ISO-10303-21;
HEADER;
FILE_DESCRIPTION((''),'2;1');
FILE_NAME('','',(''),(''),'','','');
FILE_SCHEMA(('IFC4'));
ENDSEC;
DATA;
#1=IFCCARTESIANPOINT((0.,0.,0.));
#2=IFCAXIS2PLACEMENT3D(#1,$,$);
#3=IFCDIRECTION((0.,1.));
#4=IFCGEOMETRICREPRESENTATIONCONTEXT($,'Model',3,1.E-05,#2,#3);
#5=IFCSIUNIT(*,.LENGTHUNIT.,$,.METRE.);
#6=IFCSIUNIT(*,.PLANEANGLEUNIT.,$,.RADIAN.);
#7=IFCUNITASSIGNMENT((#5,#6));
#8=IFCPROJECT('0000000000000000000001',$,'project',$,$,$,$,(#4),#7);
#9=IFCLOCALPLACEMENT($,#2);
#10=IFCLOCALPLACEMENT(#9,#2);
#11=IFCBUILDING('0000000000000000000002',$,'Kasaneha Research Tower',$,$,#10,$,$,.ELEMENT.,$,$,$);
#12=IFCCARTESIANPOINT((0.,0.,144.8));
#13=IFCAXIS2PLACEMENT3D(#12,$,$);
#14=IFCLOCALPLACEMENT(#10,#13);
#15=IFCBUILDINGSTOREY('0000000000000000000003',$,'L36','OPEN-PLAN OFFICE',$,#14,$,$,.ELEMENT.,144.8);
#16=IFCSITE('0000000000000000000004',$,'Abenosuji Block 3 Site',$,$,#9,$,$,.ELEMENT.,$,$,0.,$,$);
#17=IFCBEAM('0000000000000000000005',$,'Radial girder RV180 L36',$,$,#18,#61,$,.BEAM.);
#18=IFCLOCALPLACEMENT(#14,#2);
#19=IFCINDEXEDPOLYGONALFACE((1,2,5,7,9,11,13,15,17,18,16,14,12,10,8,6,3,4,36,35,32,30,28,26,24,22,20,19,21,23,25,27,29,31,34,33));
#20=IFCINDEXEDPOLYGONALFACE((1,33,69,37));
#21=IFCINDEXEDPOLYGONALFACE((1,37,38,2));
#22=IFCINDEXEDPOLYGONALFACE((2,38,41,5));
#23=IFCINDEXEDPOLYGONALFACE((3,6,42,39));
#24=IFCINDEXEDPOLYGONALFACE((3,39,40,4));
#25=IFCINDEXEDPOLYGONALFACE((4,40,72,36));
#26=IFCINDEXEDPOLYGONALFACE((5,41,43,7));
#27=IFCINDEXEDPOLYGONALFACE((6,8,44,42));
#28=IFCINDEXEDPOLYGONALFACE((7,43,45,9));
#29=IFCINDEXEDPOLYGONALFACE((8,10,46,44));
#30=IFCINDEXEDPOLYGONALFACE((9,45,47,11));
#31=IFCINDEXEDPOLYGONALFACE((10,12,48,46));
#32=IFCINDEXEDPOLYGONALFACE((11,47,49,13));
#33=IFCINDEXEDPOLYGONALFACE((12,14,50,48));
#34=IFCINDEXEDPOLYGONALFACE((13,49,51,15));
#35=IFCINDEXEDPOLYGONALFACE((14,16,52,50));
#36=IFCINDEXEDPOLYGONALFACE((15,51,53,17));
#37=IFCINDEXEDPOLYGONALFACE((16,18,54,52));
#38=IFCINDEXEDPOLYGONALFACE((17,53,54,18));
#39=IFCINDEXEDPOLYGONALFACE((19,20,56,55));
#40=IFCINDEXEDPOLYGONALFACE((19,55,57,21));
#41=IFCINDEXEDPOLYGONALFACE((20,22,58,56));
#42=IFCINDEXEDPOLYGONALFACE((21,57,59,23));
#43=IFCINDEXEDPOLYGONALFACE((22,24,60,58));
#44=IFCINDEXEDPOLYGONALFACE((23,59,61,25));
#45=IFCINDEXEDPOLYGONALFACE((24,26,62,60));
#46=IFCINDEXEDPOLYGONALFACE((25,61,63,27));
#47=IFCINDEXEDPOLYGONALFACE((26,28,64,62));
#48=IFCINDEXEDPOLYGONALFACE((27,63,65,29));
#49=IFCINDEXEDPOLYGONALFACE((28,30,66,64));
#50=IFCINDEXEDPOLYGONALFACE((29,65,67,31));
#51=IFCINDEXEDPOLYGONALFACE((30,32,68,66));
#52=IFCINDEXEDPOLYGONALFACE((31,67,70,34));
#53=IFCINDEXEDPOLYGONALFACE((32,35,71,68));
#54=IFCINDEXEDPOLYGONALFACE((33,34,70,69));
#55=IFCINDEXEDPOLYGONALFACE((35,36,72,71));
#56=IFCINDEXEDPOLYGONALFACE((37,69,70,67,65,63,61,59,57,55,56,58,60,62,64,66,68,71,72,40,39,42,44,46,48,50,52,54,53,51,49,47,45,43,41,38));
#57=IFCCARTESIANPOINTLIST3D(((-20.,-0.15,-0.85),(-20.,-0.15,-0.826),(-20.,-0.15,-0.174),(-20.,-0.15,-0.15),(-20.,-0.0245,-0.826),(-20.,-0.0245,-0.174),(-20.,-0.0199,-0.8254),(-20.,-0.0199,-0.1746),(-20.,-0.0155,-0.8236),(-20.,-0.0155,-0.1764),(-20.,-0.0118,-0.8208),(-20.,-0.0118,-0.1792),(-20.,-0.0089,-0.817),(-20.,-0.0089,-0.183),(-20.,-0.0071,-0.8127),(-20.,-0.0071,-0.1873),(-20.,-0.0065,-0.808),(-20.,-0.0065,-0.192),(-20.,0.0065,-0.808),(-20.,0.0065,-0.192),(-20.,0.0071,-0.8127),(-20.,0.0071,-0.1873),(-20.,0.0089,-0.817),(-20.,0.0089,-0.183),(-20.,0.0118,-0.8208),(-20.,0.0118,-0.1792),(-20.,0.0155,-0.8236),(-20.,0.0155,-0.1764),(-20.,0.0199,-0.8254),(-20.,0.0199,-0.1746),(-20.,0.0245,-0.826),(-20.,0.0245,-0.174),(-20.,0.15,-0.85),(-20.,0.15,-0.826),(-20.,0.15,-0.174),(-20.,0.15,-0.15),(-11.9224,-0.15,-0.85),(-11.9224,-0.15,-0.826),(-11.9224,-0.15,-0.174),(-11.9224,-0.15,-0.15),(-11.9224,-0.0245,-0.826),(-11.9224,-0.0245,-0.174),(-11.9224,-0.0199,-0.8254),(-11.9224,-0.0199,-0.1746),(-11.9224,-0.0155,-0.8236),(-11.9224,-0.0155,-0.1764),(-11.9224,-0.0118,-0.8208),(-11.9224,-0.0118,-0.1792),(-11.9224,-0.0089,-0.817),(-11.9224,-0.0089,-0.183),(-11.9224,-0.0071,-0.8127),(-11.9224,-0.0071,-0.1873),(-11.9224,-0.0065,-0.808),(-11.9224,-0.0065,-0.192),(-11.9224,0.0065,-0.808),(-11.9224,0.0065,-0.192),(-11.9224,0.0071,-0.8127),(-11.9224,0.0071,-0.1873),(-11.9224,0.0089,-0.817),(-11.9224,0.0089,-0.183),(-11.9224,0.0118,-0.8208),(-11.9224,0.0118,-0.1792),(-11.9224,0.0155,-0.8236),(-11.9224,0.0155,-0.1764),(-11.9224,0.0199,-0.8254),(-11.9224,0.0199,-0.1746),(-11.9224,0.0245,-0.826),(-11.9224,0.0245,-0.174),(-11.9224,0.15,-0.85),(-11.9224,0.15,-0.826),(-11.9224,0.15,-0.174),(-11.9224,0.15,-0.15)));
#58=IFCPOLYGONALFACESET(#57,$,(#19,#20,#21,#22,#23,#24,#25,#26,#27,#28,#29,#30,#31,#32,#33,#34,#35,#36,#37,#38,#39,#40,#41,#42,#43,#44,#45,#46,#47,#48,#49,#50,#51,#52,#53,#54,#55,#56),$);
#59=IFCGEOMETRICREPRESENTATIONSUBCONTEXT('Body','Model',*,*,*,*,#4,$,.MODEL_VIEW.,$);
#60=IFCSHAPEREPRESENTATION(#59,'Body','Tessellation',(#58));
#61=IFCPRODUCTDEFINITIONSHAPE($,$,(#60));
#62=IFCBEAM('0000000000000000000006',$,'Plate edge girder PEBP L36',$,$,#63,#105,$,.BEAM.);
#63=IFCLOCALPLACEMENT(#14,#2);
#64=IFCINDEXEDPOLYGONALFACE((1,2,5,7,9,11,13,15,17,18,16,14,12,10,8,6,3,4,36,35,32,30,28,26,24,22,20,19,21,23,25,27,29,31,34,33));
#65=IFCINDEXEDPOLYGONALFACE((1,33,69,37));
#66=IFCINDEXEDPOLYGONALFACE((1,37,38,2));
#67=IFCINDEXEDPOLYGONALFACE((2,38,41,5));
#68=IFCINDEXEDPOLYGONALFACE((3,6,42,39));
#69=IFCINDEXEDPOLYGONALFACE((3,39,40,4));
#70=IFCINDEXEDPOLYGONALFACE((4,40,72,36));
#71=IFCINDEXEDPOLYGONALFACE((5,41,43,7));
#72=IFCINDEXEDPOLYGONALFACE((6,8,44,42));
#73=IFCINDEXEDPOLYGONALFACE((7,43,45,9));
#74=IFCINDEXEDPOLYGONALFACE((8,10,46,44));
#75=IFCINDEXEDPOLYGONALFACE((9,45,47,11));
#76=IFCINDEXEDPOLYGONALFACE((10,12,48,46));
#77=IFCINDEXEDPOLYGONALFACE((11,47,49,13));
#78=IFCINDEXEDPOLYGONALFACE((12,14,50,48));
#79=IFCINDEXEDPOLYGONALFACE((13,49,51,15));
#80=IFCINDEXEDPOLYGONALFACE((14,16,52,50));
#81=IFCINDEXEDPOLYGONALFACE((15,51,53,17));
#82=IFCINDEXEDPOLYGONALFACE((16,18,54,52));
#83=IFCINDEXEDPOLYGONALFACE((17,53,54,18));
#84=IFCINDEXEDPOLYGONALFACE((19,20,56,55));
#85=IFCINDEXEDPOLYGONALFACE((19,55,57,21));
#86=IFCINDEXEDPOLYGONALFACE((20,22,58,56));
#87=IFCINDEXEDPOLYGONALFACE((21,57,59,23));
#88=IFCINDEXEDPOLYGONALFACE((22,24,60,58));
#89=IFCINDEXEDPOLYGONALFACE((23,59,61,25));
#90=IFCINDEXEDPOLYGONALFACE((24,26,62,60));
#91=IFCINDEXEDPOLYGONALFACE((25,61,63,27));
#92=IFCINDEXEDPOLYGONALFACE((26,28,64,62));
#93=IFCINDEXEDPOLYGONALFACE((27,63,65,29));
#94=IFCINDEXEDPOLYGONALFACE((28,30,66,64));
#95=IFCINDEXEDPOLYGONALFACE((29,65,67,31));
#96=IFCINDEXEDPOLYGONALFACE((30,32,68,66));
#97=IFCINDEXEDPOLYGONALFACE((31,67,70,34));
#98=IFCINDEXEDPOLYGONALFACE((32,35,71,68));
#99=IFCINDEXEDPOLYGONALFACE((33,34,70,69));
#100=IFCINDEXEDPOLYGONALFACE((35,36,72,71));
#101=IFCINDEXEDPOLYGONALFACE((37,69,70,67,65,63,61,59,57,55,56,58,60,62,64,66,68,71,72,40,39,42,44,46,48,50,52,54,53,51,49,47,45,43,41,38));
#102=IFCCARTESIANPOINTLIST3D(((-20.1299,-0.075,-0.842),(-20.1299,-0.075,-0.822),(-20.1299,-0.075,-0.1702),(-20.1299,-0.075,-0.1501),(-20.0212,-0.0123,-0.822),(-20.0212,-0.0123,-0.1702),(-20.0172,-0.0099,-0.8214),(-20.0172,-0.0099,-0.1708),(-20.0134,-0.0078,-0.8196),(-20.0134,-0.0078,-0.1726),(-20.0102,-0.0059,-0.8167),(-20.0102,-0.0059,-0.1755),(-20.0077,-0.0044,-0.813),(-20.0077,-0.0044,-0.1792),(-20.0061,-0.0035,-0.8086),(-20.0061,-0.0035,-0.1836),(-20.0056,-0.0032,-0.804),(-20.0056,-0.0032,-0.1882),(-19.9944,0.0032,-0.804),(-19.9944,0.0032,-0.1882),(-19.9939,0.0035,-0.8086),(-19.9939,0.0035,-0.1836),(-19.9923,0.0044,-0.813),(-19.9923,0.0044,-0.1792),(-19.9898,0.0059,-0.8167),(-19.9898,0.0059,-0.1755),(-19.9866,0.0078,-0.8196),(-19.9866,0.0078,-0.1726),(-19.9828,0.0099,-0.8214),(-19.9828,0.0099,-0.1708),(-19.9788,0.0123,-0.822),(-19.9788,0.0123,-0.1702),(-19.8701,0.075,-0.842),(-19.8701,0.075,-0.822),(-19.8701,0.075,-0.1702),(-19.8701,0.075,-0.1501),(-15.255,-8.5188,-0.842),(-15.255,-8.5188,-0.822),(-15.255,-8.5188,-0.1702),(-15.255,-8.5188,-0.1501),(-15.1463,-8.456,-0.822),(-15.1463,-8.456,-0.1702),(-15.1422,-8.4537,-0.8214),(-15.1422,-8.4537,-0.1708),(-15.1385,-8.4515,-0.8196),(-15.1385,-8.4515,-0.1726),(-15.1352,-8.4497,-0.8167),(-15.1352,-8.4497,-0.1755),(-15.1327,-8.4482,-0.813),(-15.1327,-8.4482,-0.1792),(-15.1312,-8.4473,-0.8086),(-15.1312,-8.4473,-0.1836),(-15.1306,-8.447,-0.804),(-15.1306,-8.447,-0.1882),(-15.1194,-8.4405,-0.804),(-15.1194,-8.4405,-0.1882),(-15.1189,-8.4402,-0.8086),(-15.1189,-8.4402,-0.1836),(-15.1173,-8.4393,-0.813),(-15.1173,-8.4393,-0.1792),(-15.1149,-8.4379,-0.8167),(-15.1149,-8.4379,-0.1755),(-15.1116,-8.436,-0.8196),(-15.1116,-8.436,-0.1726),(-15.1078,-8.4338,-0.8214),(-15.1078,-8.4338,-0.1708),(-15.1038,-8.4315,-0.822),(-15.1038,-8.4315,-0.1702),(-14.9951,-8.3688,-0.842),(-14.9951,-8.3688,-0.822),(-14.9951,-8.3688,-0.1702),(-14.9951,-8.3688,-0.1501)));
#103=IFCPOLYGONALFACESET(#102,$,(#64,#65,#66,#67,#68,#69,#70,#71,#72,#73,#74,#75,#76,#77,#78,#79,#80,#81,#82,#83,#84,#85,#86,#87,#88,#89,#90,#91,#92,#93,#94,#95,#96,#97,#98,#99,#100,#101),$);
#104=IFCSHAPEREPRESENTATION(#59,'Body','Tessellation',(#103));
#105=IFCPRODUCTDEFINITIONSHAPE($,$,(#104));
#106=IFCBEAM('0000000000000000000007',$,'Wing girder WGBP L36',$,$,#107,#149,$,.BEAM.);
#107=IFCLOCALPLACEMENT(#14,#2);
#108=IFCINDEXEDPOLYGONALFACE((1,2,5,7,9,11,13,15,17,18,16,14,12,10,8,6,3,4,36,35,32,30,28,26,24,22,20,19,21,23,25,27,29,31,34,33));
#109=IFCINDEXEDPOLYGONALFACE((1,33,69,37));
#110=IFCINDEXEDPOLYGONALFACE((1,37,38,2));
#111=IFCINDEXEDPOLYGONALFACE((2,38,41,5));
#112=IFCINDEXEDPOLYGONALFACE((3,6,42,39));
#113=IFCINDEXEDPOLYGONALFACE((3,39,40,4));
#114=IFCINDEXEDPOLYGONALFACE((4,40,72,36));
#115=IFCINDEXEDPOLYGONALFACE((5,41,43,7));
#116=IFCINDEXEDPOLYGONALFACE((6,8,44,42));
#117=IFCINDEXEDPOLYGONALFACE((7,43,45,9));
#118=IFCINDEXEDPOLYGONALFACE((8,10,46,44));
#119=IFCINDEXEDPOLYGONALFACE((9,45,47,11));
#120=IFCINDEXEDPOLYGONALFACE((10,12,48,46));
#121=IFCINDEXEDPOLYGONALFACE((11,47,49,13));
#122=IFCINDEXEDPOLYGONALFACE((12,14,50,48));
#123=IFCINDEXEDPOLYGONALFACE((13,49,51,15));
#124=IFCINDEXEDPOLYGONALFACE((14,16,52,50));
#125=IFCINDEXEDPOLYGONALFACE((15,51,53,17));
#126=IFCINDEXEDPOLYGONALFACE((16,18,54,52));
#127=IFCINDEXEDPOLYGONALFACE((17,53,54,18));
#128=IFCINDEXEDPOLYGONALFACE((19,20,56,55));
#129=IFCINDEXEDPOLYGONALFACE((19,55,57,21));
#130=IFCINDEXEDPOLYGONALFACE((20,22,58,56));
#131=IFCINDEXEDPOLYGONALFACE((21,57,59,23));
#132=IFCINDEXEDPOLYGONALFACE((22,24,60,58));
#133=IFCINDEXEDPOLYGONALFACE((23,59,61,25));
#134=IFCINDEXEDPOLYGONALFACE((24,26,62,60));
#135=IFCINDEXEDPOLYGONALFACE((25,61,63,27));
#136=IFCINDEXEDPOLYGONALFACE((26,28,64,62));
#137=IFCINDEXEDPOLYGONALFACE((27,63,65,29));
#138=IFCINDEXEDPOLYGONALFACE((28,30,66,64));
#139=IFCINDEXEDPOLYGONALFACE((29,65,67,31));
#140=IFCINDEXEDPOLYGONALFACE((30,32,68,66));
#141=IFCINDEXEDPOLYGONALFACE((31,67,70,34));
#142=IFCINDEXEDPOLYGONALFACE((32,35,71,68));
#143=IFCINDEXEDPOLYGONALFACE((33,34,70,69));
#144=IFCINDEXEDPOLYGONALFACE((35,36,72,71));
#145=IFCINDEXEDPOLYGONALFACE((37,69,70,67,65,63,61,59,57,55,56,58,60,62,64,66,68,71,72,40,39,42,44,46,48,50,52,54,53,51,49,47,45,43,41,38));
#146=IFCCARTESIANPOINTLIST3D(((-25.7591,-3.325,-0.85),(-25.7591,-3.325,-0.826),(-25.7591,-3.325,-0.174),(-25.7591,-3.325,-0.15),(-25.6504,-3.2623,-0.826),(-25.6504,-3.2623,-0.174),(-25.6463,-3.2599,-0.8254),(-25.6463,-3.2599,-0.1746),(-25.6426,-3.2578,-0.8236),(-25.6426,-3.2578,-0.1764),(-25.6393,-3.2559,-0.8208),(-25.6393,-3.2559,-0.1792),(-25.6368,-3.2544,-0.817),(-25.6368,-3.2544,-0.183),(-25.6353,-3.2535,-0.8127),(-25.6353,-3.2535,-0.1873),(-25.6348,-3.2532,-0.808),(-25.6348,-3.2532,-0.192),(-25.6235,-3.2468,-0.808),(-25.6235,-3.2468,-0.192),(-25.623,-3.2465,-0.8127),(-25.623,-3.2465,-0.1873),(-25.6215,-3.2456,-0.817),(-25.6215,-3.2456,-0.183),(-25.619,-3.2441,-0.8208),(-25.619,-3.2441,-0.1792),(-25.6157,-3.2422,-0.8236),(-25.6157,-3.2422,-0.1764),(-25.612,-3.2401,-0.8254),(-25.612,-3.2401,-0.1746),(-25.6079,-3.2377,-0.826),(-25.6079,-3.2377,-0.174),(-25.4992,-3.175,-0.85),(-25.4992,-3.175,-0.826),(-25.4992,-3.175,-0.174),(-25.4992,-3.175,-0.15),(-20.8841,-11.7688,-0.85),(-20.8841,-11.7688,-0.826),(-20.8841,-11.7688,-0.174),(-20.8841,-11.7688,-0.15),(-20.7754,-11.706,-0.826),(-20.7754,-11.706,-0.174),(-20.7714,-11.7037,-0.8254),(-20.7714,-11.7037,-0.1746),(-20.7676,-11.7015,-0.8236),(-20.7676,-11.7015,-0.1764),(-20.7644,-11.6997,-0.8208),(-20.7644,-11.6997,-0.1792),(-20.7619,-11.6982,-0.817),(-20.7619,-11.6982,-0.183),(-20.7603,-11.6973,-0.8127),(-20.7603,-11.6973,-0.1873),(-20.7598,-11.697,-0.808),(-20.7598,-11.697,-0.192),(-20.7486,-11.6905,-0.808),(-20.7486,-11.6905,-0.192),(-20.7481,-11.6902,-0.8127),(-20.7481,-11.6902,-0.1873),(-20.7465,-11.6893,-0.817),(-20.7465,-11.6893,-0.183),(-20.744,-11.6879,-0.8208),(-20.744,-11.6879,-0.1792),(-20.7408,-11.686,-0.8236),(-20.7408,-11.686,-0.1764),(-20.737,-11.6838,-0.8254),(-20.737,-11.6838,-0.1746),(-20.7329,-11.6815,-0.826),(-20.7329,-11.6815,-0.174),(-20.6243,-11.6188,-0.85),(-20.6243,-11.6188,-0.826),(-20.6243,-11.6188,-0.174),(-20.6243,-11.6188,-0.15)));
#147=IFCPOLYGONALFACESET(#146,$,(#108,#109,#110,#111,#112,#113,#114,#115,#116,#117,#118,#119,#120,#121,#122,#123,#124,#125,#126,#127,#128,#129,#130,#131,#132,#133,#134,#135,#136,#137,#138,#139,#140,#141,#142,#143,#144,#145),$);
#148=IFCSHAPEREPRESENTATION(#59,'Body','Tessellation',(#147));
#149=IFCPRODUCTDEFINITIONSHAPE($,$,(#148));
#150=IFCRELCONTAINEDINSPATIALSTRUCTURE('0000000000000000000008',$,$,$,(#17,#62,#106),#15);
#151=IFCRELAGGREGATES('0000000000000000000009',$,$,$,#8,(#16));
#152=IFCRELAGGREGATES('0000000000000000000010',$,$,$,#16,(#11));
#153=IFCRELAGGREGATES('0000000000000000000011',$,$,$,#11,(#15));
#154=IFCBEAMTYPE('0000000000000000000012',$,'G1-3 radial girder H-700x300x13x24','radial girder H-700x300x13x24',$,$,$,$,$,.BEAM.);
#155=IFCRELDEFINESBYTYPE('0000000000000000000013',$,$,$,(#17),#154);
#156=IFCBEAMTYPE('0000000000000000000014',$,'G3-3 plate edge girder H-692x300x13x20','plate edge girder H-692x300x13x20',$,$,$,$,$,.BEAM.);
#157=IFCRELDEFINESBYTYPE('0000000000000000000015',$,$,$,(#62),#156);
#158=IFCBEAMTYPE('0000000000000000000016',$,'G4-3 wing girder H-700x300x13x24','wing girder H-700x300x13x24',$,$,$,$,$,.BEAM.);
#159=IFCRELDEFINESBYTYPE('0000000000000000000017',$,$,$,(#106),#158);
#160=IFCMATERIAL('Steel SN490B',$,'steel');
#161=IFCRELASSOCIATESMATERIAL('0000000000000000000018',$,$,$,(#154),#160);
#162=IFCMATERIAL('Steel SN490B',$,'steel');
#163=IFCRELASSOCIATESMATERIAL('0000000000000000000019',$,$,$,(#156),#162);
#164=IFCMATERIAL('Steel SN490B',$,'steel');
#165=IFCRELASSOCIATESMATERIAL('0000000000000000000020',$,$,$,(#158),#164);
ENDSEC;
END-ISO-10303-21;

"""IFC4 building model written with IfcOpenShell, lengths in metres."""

from ifc_helpers import new_model, si_unit, direction, frame, origin, origin_2d, place, context, subcontext, project, spatial, i_section, extrude, material, material_profile, profile_set, type_object, element, save


model = new_model("IFC4")

# Units and contexts
model_context = context("Model", 3, precision=1e-05, world=origin(), true_north=direction((0.0, 1.0)))
body_context = subcontext(model_context, "Body", "Model", "MODEL_VIEW")
ifc_project = project(units=[si_unit("LENGTHUNIT", "METRE"), si_unit("PLANEANGLEUNIT", "RADIAN")], contexts=[model_context])

# Site, building, storey
site_placement = place(None, origin())
site = spatial("IfcSite", under=ifc_project, at=site_placement, Name="Abenosuji Block 3 Site", CompositionType="ELEMENT", RefElevation=0.0)
building_placement = place(site_placement, origin())
building = spatial("IfcBuilding", under=site, at=building_placement, Name="Kasaneha Research Tower", CompositionType="ELEMENT")
storey_placement = place(building_placement, frame((0.0, 0.0, 144.8)))
storey = spatial("IfcBuildingStorey", under=building, at=storey_placement, Name="L36", Description="OPEN-PLAN OFFICE", CompositionType="ELEMENT", Elevation=144.8)

# Beams
ifc_material_1 = material(Name="Steel SN490B", Category="steel")
ifc_material_profile_1 = material_profile(ifc_material_1, i_section(OverallWidth=0.3, OverallDepth=0.7, WebThickness=0.0129, FlangeThickness=0.0239, FilletRadius=0.0181, at=origin_2d()), Name="H-700x300x13x24")
ifc_profile_set_1 = profile_set([ifc_material_profile_1], Name="Steel SN490B")
beam_type_1 = type_object("IfcBeamType", Name="G1-3 radial girder H-700x300x13x24", Description="radial girder H-700x300x13x24", PredefinedType="BEAM", material=ifc_profile_set_1)
beam_1_placement = place(storey_placement, frame((-11.9224, 0.0, -0.5), z_axis=(-1.0, 0.0, 0.0), x_axis=(0.0, -1.0, 0.0)))
element("IfcBeam", 1, at=beam_1_placement, inside=storey, type_object=beam_type_1, Name="Radial girder RV180 L36", PredefinedType="BEAM", context=body_context, shape_type="SweptSolid", body=[
    extrude(i_section(OverallWidth=0.3, OverallDepth=0.7, WebThickness=0.0129, FlangeThickness=0.0239, FilletRadius=0.0181, at=origin_2d()), origin(), (0.0, 0.0, 1.0), 8.0776),
])
ifc_material_2 = material(Name="Steel SN490B", Category="steel")
ifc_material_profile_2 = material_profile(ifc_material_2, i_section(OverallWidth=0.3, OverallDepth=0.6919, WebThickness=0.0129, FlangeThickness=0.02, FilletRadius=0.0181, at=origin_2d()), Name="H-692x300x13x20")
ifc_profile_set_2 = profile_set([ifc_material_profile_2], Name="Steel SN490B")
beam_type_2 = type_object("IfcBeamType", Name="G3-3 plate edge girder H-692x300x13x20", Description="plate edge girder H-692x300x13x20", PredefinedType="BEAM", material=ifc_profile_set_2)
beam_2_placement = place(storey_placement, frame((-20.0, 0.0, -0.4961), z_axis=(0.499996, -0.866028, 0.0), x_axis=(0.866028, 0.499996, 0.0)))
element("IfcBeam", 2, at=beam_2_placement, inside=storey, type_object=beam_type_2, Name="Plate edge girder PEBP L36", PredefinedType="BEAM", context=body_context, shape_type="SweptSolid", body=[
    extrude(i_section(OverallWidth=0.3, OverallDepth=0.6919, WebThickness=0.0129, FlangeThickness=0.02, FilletRadius=0.0181, at=origin_2d()), origin(), (0.0, 0.0, 1.0), 9.75),
])
ifc_material_3 = material(Name="Steel SN490B", Category="steel")
ifc_material_profile_3 = material_profile(ifc_material_3, i_section(OverallWidth=0.3, OverallDepth=0.7, WebThickness=0.0129, FlangeThickness=0.0239, FilletRadius=0.0181, at=origin_2d()), Name="H-700x300x13x24")
ifc_profile_set_3 = profile_set([ifc_material_profile_3], Name="Steel SN490B")
beam_type_3 = type_object("IfcBeamType", Name="G4-3 wing girder H-700x300x13x24", Description="wing girder H-700x300x13x24", PredefinedType="BEAM", material=ifc_profile_set_3)
beam_3_placement = place(storey_placement, frame((-25.6292, -3.25, -0.5), z_axis=(0.499996, -0.866028, 0.0), x_axis=(0.866028, 0.499996, 0.0)))
element("IfcBeam", 3, at=beam_3_placement, inside=storey, type_object=beam_type_3, Name="Wing girder WGBP L36", PredefinedType="BEAM", context=body_context, shape_type="SweptSolid", body=[
    extrude(i_section(OverallWidth=0.3, OverallDepth=0.7, WebThickness=0.0129, FlangeThickness=0.0239, FilletRadius=0.0181, at=origin_2d()), origin(), (0.0, 0.0, 1.0), 9.75),
])

save(model, "model.ifc")
